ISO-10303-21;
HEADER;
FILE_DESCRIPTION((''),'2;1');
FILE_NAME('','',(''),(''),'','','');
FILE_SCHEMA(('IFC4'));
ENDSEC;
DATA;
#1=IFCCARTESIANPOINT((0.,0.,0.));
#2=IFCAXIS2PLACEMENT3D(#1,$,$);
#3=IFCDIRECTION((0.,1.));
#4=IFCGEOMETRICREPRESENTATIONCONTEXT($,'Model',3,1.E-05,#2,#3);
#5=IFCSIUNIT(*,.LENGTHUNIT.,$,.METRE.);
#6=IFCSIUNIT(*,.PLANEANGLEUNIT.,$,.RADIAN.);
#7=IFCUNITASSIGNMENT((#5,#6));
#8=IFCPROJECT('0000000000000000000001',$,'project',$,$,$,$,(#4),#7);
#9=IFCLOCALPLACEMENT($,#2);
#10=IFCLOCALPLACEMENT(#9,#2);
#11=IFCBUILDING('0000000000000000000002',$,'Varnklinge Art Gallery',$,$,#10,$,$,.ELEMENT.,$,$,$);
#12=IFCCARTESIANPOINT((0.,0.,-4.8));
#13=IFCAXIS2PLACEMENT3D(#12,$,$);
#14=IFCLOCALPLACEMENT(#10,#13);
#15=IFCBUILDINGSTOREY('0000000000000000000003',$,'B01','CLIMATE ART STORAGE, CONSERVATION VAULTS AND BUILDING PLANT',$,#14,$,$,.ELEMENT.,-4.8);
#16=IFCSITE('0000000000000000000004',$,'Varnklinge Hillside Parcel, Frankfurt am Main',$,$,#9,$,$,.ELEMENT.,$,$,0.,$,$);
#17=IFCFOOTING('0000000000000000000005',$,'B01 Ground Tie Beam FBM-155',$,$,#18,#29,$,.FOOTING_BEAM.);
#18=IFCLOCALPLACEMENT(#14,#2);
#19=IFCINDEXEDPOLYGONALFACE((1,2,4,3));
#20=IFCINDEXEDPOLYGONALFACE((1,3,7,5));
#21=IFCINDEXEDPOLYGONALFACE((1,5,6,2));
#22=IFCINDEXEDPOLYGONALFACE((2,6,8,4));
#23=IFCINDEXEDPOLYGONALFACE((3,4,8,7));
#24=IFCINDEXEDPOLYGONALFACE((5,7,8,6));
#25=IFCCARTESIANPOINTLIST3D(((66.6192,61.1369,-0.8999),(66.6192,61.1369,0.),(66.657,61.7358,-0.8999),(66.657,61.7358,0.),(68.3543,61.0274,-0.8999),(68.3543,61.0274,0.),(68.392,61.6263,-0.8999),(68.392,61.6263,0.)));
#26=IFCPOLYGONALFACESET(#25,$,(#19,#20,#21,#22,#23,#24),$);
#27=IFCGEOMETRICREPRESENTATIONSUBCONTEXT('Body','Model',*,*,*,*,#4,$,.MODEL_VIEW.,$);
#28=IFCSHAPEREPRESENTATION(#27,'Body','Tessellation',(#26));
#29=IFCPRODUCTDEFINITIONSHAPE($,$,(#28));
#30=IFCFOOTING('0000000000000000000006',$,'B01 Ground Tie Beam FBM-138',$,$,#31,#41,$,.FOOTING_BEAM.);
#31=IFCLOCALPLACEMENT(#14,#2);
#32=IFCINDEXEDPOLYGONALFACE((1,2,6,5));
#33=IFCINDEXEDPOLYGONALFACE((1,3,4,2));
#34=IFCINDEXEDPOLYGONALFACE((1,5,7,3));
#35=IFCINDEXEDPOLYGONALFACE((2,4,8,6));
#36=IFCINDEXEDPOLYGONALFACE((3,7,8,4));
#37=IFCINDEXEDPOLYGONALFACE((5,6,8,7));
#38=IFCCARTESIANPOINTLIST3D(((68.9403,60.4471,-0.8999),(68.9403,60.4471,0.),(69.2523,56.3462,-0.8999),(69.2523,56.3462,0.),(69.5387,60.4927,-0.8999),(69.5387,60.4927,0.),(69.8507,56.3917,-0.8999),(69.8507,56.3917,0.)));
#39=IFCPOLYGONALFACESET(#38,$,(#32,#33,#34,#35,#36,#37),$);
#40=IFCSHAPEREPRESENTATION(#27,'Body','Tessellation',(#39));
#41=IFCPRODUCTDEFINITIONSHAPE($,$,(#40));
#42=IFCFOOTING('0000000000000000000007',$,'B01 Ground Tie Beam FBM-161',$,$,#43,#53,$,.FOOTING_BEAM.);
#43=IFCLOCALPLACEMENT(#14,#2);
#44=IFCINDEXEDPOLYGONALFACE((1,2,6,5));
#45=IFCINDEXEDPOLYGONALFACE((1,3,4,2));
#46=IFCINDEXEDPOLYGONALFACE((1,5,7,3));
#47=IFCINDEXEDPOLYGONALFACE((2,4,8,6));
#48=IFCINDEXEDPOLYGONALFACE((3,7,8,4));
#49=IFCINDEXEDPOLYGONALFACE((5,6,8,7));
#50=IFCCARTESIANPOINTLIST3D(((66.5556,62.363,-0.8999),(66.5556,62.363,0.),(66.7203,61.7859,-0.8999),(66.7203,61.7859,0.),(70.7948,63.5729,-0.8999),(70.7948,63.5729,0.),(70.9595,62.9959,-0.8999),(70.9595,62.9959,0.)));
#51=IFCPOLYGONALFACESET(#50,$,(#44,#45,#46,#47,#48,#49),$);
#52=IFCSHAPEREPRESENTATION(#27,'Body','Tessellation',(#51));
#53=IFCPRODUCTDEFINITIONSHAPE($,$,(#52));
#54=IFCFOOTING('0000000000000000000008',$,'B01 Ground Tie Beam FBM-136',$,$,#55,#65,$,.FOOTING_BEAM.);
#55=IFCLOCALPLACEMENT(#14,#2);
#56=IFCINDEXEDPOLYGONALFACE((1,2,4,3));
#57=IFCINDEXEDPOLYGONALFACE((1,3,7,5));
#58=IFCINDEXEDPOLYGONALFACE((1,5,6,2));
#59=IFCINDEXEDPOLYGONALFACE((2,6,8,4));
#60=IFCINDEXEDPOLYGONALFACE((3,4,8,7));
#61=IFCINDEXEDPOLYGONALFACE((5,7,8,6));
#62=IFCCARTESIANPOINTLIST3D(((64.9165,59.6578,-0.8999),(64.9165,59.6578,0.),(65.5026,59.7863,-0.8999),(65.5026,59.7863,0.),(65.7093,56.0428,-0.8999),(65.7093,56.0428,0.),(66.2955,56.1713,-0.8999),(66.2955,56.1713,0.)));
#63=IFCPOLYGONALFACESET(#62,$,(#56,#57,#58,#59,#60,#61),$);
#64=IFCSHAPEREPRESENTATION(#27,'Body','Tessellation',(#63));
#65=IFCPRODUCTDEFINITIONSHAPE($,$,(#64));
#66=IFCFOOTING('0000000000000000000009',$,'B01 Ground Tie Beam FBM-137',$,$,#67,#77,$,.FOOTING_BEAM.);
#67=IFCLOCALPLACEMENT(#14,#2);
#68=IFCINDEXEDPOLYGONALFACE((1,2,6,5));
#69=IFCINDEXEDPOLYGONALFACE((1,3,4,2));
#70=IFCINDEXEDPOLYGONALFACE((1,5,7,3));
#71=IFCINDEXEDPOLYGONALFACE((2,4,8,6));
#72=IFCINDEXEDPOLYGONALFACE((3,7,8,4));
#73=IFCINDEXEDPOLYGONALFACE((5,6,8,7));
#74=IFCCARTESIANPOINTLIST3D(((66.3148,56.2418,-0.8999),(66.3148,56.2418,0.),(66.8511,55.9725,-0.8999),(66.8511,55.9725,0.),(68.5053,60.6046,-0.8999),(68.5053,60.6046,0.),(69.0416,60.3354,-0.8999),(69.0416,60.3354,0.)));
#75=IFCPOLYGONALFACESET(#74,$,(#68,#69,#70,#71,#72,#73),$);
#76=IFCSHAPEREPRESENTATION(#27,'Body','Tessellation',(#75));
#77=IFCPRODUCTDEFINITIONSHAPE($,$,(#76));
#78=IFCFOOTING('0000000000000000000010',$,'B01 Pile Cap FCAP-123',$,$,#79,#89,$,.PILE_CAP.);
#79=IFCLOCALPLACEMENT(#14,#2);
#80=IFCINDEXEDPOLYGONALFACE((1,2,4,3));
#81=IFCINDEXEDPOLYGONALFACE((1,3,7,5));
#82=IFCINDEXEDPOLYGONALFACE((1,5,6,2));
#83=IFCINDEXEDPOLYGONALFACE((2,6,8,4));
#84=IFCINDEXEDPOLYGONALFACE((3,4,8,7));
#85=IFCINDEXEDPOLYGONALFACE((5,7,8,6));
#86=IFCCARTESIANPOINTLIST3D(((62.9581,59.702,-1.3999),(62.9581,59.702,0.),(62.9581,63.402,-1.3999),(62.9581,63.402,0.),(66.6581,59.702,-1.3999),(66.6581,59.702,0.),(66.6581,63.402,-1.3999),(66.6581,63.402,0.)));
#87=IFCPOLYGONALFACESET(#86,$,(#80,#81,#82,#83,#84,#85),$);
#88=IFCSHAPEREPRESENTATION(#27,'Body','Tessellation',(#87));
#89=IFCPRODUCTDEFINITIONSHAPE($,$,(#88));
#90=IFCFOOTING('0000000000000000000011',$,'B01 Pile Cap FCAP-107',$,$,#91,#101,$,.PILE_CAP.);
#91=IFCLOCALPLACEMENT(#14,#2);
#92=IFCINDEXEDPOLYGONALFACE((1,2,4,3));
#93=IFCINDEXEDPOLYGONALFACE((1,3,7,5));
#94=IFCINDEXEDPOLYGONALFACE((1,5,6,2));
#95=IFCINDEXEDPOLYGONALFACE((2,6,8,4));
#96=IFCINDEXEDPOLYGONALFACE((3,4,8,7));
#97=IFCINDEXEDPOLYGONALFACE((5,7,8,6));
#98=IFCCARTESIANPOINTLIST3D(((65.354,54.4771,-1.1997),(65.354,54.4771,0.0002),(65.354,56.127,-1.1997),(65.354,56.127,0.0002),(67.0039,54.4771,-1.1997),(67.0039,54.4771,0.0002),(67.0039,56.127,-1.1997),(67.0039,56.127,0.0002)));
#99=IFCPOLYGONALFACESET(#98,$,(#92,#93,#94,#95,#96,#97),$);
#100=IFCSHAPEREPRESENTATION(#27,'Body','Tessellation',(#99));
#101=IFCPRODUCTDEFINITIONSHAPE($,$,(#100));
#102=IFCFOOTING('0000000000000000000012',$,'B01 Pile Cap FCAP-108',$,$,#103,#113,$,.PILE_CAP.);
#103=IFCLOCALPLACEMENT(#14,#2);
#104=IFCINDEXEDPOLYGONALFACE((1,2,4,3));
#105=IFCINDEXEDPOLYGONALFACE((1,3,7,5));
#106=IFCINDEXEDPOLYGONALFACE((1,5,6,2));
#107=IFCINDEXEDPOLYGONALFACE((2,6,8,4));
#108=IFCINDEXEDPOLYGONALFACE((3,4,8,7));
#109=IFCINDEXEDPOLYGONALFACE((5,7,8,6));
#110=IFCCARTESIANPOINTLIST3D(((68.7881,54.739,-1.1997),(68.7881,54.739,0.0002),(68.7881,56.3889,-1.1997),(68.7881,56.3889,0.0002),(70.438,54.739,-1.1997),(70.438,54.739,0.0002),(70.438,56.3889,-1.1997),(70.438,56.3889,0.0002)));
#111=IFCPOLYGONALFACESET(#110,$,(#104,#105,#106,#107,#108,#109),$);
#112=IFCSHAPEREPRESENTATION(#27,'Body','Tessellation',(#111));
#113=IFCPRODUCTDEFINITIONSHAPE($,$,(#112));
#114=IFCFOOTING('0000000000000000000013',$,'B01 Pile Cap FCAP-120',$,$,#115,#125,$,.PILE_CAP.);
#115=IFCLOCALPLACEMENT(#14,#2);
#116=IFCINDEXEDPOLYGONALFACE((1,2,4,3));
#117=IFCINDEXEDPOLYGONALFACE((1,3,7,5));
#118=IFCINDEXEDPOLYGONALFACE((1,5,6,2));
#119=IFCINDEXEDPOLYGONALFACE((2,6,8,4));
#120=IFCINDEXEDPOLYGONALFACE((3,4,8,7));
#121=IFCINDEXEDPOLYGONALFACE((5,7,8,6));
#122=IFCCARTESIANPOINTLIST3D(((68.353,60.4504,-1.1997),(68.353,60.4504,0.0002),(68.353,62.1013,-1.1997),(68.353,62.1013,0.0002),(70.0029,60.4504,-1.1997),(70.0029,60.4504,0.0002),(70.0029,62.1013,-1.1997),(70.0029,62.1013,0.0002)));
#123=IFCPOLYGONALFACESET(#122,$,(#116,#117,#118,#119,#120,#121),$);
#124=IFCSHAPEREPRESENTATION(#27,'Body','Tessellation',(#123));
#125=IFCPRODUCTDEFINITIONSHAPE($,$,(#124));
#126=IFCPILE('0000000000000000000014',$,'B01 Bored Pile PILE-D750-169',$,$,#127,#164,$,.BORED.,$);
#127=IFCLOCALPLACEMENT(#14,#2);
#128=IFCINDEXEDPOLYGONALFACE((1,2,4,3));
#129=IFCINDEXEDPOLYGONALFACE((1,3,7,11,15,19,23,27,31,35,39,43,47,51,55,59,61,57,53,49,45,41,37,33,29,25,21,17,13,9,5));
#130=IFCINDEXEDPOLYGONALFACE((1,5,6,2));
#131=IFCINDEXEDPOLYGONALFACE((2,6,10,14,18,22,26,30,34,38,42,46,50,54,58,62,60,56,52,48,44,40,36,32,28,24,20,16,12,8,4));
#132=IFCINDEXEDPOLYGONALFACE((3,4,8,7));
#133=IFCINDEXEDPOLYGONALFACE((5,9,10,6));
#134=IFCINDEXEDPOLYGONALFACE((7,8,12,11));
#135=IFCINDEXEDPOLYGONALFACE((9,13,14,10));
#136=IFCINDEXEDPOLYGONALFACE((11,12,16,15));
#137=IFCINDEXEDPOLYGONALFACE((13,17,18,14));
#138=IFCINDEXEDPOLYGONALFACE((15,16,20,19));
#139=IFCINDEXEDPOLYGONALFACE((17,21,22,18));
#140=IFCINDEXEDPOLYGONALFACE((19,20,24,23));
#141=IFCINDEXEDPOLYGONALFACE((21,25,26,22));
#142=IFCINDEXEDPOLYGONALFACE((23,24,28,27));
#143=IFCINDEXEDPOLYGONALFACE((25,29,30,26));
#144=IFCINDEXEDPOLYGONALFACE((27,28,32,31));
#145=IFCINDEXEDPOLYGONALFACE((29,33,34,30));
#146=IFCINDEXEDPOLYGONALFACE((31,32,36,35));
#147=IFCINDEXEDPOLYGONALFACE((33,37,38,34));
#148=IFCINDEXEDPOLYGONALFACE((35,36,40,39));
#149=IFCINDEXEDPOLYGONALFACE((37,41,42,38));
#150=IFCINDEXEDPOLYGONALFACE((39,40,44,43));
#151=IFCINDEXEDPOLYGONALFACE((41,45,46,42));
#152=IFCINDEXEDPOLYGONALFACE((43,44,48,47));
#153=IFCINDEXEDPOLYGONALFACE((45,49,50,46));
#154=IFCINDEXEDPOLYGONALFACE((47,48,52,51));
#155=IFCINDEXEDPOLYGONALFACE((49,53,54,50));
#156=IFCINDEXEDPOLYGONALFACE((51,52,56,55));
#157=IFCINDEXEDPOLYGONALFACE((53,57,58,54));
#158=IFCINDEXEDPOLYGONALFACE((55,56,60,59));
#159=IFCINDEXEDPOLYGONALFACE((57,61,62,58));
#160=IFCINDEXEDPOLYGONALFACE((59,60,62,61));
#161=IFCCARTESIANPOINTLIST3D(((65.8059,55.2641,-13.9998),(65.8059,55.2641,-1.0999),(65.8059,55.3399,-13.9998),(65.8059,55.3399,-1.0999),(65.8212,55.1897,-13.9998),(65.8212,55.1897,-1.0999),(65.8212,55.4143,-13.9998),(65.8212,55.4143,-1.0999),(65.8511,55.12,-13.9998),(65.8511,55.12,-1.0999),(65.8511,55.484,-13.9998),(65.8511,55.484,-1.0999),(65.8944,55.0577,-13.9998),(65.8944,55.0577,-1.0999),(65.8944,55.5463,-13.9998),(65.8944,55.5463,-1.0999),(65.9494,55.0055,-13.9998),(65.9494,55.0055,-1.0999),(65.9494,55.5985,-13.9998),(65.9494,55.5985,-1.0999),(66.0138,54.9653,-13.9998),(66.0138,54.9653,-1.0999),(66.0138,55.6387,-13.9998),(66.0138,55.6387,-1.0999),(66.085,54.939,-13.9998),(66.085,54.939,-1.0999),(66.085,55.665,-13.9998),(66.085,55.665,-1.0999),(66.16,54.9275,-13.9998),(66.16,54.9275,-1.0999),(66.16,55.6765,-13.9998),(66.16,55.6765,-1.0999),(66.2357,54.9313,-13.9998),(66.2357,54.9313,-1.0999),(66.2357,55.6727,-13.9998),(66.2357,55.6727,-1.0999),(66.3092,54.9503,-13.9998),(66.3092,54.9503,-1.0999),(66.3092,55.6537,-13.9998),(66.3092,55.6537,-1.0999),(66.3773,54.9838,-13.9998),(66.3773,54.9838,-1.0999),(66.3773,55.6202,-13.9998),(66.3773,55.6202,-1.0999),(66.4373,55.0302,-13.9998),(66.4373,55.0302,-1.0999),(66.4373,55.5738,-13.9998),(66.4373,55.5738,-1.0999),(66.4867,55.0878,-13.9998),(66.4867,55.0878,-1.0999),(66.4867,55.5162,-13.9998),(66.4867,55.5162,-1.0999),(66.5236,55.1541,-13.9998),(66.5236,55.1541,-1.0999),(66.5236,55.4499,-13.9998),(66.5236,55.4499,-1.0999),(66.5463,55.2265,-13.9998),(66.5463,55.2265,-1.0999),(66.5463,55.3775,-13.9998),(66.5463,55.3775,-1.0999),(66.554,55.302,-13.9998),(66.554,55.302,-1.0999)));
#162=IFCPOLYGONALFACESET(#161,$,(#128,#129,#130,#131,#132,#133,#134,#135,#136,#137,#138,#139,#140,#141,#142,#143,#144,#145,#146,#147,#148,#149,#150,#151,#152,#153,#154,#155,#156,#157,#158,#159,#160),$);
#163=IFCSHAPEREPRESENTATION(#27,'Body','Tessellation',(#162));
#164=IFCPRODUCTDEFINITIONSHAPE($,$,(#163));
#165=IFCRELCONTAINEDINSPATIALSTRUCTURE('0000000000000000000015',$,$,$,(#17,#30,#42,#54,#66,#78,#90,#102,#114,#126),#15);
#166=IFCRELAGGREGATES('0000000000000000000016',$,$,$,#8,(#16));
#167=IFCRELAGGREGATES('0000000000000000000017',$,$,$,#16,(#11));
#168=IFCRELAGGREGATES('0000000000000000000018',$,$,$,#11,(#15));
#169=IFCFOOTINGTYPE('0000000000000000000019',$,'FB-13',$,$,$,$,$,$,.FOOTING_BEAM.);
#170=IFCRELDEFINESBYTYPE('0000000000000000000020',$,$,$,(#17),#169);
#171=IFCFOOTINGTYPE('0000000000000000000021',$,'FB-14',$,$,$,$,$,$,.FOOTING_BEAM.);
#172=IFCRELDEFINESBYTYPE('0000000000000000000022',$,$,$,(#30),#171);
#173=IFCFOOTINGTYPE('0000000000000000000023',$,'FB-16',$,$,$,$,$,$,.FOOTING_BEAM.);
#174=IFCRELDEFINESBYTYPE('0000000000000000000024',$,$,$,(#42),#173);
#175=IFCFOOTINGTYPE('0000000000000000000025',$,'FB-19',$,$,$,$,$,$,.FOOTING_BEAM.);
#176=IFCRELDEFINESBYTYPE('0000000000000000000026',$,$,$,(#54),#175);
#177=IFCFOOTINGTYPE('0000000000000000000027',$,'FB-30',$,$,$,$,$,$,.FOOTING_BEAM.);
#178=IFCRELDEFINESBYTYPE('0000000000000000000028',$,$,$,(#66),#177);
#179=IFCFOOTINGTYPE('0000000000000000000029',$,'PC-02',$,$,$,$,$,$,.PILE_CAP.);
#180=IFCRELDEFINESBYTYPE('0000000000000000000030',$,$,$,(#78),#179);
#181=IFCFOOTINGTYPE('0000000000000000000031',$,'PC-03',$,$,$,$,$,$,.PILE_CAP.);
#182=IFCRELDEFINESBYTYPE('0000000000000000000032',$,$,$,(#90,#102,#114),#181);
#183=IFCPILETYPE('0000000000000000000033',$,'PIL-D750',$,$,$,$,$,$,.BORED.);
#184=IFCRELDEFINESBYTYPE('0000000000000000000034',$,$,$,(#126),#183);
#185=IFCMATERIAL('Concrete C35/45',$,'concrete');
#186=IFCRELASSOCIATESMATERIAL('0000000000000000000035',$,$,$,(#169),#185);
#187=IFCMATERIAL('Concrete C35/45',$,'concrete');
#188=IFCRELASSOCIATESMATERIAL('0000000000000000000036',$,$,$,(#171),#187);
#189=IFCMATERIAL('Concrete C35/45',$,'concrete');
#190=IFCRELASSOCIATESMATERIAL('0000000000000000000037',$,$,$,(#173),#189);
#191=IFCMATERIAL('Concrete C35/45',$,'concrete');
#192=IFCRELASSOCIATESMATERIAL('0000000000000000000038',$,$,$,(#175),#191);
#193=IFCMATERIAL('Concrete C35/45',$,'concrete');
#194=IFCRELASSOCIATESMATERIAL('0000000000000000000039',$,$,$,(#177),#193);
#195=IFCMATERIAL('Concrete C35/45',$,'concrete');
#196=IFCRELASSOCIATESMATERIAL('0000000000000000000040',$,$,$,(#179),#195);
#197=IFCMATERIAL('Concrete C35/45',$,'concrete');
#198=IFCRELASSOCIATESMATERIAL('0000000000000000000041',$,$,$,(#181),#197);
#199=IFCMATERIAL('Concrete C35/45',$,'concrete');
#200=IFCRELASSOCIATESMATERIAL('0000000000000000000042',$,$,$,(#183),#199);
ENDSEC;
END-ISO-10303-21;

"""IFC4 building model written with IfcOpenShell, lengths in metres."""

from ifc_helpers import new_model, si_unit, direction, frame, origin, origin_2d, place, context, subcontext, project, spatial, rectangle, circle, extrude, material, material_profile, profile_set, type_object, element, save


model = new_model("IFC4")

# Units and contexts
model_context = context("Model", 3, precision=1e-05, world=origin(), true_north=direction((0.0, 1.0)))
body_context = subcontext(model_context, "Body", "Model", "MODEL_VIEW")
ifc_project = project(units=[si_unit("LENGTHUNIT", "METRE"), si_unit("PLANEANGLEUNIT", "RADIAN")], contexts=[model_context])

# Site, building, storey
site_placement = place(None, origin())
site = spatial("IfcSite", under=ifc_project, at=site_placement, Name="Varnklinge Hillside Parcel, Frankfurt am Main", CompositionType="ELEMENT", RefElevation=0.0)
building_placement = place(site_placement, origin())
building = spatial("IfcBuilding", under=site, at=building_placement, Name="Varnklinge Art Gallery", CompositionType="ELEMENT")
storey_placement = place(building_placement, frame((0.0, 0.0, -4.8)))
storey = spatial("IfcBuildingStorey", under=building, at=storey_placement, Name="B01", Description="CLIMATE ART STORAGE, CONSERVATION VAULTS AND BUILDING PLANT", CompositionType="ELEMENT", Elevation=-4.8)

# Footings
ifc_material_1 = material(Name="Concrete C35/45", Category="concrete")
footing_type_1 = type_object("IfcFootingType", Name="FB-13", PredefinedType="FOOTING_BEAM", material=ifc_material_1)
footing_1_placement = place(storey_placement, frame((67.5056, 61.3816, -0.8999), z_axis=(0.0, 0.0, 1.0), x_axis=(-0.998016, 0.062965, 0.0)))
element("IfcFooting", 1, at=footing_1_placement, inside=storey, type_object=footing_type_1, Name="B01 Ground Tie Beam FBM-155", PredefinedType="FOOTING_BEAM", context=body_context, shape_type="SweptSolid", body=[
    extrude(rectangle(XDim=1.7385, YDim=0.6001, at=origin_2d()), origin(), (0.0, 0.0, 1.0), 0.8999),
])
ifc_material_2 = material(Name="Concrete C35/45", Category="concrete")
footing_type_2 = type_object("IfcFootingType", Name="FB-14", PredefinedType="FOOTING_BEAM", material=ifc_material_2)
footing_2_placement = place(storey_placement, frame((69.3955, 58.4194, -0.8999), z_axis=(0.0, 0.0, 1.0), x_axis=(-0.075849, 0.997119, 0.0)))
element("IfcFooting", 2, at=footing_2_placement, inside=storey, type_object=footing_type_2, Name="B01 Ground Tie Beam FBM-138", PredefinedType="FOOTING_BEAM", context=body_context, shape_type="SweptSolid", body=[
    extrude(rectangle(XDim=4.1128, YDim=0.6001, at=origin_2d()), origin(), (0.0, 0.0, 1.0), 0.8999),
])
ifc_material_3 = material(Name="Concrete C35/45", Category="concrete")
footing_type_3 = type_object("IfcFootingType", Name="FB-16", PredefinedType="FOOTING_BEAM", material=ifc_material_3)
footing_3_placement = place(storey_placement, frame((68.7576, 62.6794, -0.8999), z_axis=(0.0, 0.0, 1.0), x_axis=(-0.961598, -0.274463, 0.0)))
element("IfcFooting", 3, at=footing_3_placement, inside=storey, type_object=footing_type_3, Name="B01 Ground Tie Beam FBM-161", PredefinedType="FOOTING_BEAM", context=body_context, shape_type="SweptSolid", body=[
    extrude(rectangle(XDim=4.4084, YDim=0.6001, at=origin_2d()), origin(), (0.0, 0.0, 1.0), 0.8999),
])
ifc_material_4 = material(Name="Concrete C35/45", Category="concrete")
footing_type_4 = type_object("IfcFootingType", Name="FB-19", PredefinedType="FOOTING_BEAM", material=ifc_material_4)
footing_4_placement = place(storey_placement, frame((65.606, 57.9146, -0.8999), z_axis=(0.0, 0.0, 1.0), x_axis=(-0.214224, 0.976785, 0.0)))
element("IfcFooting", 4, at=footing_4_placement, inside=storey, type_object=footing_type_4, Name="B01 Ground Tie Beam FBM-136", PredefinedType="FOOTING_BEAM", context=body_context, shape_type="SweptSolid", body=[
    extrude(rectangle(XDim=3.7009, YDim=0.6001, at=origin_2d()), origin(), (0.0, 0.0, 1.0), 0.8999),
])
ifc_material_5 = material(Name="Concrete C35/45", Category="concrete")
footing_type_5 = type_object("IfcFootingType", Name="FB-30", PredefinedType="FOOTING_BEAM", material=ifc_material_5)
footing_5_placement = place(storey_placement, frame((67.6782, 58.2886, -0.8999), z_axis=(0.0, 0.0, 1.0), x_axis=(0.448695, 0.893685, 0.0)))
element("IfcFooting", 5, at=footing_5_placement, inside=storey, type_object=footing_type_5, Name="B01 Ground Tie Beam FBM-137", PredefinedType="FOOTING_BEAM", context=body_context, shape_type="SweptSolid", body=[
    extrude(rectangle(XDim=4.8818, YDim=0.6001, at=origin_2d()), origin(), (0.0, 0.0, 1.0), 0.8999),
])
ifc_material_6 = material(Name="Concrete C35/45", Category="concrete")
footing_type_6 = type_object("IfcFootingType", Name="PC-02", PredefinedType="PILE_CAP", material=ifc_material_6)
footing_6_placement = place(storey_placement, frame((64.8081, 61.552, -1.3999), z_axis=(0.0, 0.0, 1.0), x_axis=(1.0, 0.0, 0.0)))
element("IfcFooting", 6, at=footing_6_placement, inside=storey, type_object=footing_type_6, Name="B01 Pile Cap FCAP-123", PredefinedType="PILE_CAP", context=body_context, shape_type="SweptSolid", body=[
    extrude(rectangle(XDim=3.7, YDim=3.7, at=origin_2d()), origin(), (0.0, 0.0, 1.0), 1.3999),
])
ifc_material_7 = material(Name="Concrete C35/45", Category="concrete")
footing_type_7 = type_object("IfcFootingType", Name="PC-03", PredefinedType="PILE_CAP", material=ifc_material_7)
for number, where, z_axis, x_axis, name in (
    (7, (66.179, 55.302, -1.1997), (0.0, 0.0, 1.0), (1.0, 0.0, 0.0), "B01 Pile Cap FCAP-107"),
    (8, (69.613, 55.564, -1.1997), (0.0, 0.0, 1.0), (1.0, 0.0, 0.0), "B01 Pile Cap FCAP-108"),
):
    element("IfcFooting", number, at=place(storey_placement, frame(where, z_axis=z_axis, x_axis=x_axis)), inside=storey, type_object=footing_type_7, Name=name, PredefinedType="PILE_CAP", context=body_context, shape_type="SweptSolid", body=[
        extrude(rectangle(XDim=1.6499, YDim=1.6499, at=origin_2d()), origin(), (0.0, 0.0, 1.0), 1.2),
    ])
footing_7_placement = place(storey_placement, frame((69.178, 61.2759, -1.1997), z_axis=(0.0, 0.0, 1.0), x_axis=(1.0, 0.0, 0.0)))
element("IfcFooting", 9, at=footing_7_placement, inside=storey, type_object=footing_type_7, Name="B01 Pile Cap FCAP-120", PredefinedType="PILE_CAP", context=body_context, shape_type="SweptSolid", body=[
    extrude(rectangle(XDim=1.6499, YDim=1.6509, at=origin_2d()), origin(), (0.0, 0.0, 1.0), 1.2),
])

# Pile
ifc_material_8 = material(Name="Concrete C35/45", Category="concrete")
ifc_material_profile_1 = material_profile(ifc_material_8, circle(Radius=0.375, at=origin_2d()), Name="PILE D750")
ifc_profile_set_1 = profile_set([ifc_material_profile_1], Name="Concrete C35/45")
pile_type_1 = type_object("IfcPileType", Name="PIL-D750", PredefinedType="BORED", material=ifc_profile_set_1)
for number, where, z_axis, x_axis, name in (
    (10, (66.179, 55.302, -1.0999), (0.0, 0.0, -1.0), (1.0, 0.0, 0.0), "B01 Bored Pile PILE-D750-169"),
):
    element("IfcPile", number, at=place(storey_placement, frame(where, z_axis=z_axis, x_axis=x_axis)), inside=storey, type_object=pile_type_1, Name=name, PredefinedType="BORED", context=body_context, shape_type="SweptSolid", body=[
        extrude(circle(Radius=0.375, at=origin_2d()), origin(), (0.0, 0.0, 1.0), 12.8999),
    ])

save(model, "model.ifc")
